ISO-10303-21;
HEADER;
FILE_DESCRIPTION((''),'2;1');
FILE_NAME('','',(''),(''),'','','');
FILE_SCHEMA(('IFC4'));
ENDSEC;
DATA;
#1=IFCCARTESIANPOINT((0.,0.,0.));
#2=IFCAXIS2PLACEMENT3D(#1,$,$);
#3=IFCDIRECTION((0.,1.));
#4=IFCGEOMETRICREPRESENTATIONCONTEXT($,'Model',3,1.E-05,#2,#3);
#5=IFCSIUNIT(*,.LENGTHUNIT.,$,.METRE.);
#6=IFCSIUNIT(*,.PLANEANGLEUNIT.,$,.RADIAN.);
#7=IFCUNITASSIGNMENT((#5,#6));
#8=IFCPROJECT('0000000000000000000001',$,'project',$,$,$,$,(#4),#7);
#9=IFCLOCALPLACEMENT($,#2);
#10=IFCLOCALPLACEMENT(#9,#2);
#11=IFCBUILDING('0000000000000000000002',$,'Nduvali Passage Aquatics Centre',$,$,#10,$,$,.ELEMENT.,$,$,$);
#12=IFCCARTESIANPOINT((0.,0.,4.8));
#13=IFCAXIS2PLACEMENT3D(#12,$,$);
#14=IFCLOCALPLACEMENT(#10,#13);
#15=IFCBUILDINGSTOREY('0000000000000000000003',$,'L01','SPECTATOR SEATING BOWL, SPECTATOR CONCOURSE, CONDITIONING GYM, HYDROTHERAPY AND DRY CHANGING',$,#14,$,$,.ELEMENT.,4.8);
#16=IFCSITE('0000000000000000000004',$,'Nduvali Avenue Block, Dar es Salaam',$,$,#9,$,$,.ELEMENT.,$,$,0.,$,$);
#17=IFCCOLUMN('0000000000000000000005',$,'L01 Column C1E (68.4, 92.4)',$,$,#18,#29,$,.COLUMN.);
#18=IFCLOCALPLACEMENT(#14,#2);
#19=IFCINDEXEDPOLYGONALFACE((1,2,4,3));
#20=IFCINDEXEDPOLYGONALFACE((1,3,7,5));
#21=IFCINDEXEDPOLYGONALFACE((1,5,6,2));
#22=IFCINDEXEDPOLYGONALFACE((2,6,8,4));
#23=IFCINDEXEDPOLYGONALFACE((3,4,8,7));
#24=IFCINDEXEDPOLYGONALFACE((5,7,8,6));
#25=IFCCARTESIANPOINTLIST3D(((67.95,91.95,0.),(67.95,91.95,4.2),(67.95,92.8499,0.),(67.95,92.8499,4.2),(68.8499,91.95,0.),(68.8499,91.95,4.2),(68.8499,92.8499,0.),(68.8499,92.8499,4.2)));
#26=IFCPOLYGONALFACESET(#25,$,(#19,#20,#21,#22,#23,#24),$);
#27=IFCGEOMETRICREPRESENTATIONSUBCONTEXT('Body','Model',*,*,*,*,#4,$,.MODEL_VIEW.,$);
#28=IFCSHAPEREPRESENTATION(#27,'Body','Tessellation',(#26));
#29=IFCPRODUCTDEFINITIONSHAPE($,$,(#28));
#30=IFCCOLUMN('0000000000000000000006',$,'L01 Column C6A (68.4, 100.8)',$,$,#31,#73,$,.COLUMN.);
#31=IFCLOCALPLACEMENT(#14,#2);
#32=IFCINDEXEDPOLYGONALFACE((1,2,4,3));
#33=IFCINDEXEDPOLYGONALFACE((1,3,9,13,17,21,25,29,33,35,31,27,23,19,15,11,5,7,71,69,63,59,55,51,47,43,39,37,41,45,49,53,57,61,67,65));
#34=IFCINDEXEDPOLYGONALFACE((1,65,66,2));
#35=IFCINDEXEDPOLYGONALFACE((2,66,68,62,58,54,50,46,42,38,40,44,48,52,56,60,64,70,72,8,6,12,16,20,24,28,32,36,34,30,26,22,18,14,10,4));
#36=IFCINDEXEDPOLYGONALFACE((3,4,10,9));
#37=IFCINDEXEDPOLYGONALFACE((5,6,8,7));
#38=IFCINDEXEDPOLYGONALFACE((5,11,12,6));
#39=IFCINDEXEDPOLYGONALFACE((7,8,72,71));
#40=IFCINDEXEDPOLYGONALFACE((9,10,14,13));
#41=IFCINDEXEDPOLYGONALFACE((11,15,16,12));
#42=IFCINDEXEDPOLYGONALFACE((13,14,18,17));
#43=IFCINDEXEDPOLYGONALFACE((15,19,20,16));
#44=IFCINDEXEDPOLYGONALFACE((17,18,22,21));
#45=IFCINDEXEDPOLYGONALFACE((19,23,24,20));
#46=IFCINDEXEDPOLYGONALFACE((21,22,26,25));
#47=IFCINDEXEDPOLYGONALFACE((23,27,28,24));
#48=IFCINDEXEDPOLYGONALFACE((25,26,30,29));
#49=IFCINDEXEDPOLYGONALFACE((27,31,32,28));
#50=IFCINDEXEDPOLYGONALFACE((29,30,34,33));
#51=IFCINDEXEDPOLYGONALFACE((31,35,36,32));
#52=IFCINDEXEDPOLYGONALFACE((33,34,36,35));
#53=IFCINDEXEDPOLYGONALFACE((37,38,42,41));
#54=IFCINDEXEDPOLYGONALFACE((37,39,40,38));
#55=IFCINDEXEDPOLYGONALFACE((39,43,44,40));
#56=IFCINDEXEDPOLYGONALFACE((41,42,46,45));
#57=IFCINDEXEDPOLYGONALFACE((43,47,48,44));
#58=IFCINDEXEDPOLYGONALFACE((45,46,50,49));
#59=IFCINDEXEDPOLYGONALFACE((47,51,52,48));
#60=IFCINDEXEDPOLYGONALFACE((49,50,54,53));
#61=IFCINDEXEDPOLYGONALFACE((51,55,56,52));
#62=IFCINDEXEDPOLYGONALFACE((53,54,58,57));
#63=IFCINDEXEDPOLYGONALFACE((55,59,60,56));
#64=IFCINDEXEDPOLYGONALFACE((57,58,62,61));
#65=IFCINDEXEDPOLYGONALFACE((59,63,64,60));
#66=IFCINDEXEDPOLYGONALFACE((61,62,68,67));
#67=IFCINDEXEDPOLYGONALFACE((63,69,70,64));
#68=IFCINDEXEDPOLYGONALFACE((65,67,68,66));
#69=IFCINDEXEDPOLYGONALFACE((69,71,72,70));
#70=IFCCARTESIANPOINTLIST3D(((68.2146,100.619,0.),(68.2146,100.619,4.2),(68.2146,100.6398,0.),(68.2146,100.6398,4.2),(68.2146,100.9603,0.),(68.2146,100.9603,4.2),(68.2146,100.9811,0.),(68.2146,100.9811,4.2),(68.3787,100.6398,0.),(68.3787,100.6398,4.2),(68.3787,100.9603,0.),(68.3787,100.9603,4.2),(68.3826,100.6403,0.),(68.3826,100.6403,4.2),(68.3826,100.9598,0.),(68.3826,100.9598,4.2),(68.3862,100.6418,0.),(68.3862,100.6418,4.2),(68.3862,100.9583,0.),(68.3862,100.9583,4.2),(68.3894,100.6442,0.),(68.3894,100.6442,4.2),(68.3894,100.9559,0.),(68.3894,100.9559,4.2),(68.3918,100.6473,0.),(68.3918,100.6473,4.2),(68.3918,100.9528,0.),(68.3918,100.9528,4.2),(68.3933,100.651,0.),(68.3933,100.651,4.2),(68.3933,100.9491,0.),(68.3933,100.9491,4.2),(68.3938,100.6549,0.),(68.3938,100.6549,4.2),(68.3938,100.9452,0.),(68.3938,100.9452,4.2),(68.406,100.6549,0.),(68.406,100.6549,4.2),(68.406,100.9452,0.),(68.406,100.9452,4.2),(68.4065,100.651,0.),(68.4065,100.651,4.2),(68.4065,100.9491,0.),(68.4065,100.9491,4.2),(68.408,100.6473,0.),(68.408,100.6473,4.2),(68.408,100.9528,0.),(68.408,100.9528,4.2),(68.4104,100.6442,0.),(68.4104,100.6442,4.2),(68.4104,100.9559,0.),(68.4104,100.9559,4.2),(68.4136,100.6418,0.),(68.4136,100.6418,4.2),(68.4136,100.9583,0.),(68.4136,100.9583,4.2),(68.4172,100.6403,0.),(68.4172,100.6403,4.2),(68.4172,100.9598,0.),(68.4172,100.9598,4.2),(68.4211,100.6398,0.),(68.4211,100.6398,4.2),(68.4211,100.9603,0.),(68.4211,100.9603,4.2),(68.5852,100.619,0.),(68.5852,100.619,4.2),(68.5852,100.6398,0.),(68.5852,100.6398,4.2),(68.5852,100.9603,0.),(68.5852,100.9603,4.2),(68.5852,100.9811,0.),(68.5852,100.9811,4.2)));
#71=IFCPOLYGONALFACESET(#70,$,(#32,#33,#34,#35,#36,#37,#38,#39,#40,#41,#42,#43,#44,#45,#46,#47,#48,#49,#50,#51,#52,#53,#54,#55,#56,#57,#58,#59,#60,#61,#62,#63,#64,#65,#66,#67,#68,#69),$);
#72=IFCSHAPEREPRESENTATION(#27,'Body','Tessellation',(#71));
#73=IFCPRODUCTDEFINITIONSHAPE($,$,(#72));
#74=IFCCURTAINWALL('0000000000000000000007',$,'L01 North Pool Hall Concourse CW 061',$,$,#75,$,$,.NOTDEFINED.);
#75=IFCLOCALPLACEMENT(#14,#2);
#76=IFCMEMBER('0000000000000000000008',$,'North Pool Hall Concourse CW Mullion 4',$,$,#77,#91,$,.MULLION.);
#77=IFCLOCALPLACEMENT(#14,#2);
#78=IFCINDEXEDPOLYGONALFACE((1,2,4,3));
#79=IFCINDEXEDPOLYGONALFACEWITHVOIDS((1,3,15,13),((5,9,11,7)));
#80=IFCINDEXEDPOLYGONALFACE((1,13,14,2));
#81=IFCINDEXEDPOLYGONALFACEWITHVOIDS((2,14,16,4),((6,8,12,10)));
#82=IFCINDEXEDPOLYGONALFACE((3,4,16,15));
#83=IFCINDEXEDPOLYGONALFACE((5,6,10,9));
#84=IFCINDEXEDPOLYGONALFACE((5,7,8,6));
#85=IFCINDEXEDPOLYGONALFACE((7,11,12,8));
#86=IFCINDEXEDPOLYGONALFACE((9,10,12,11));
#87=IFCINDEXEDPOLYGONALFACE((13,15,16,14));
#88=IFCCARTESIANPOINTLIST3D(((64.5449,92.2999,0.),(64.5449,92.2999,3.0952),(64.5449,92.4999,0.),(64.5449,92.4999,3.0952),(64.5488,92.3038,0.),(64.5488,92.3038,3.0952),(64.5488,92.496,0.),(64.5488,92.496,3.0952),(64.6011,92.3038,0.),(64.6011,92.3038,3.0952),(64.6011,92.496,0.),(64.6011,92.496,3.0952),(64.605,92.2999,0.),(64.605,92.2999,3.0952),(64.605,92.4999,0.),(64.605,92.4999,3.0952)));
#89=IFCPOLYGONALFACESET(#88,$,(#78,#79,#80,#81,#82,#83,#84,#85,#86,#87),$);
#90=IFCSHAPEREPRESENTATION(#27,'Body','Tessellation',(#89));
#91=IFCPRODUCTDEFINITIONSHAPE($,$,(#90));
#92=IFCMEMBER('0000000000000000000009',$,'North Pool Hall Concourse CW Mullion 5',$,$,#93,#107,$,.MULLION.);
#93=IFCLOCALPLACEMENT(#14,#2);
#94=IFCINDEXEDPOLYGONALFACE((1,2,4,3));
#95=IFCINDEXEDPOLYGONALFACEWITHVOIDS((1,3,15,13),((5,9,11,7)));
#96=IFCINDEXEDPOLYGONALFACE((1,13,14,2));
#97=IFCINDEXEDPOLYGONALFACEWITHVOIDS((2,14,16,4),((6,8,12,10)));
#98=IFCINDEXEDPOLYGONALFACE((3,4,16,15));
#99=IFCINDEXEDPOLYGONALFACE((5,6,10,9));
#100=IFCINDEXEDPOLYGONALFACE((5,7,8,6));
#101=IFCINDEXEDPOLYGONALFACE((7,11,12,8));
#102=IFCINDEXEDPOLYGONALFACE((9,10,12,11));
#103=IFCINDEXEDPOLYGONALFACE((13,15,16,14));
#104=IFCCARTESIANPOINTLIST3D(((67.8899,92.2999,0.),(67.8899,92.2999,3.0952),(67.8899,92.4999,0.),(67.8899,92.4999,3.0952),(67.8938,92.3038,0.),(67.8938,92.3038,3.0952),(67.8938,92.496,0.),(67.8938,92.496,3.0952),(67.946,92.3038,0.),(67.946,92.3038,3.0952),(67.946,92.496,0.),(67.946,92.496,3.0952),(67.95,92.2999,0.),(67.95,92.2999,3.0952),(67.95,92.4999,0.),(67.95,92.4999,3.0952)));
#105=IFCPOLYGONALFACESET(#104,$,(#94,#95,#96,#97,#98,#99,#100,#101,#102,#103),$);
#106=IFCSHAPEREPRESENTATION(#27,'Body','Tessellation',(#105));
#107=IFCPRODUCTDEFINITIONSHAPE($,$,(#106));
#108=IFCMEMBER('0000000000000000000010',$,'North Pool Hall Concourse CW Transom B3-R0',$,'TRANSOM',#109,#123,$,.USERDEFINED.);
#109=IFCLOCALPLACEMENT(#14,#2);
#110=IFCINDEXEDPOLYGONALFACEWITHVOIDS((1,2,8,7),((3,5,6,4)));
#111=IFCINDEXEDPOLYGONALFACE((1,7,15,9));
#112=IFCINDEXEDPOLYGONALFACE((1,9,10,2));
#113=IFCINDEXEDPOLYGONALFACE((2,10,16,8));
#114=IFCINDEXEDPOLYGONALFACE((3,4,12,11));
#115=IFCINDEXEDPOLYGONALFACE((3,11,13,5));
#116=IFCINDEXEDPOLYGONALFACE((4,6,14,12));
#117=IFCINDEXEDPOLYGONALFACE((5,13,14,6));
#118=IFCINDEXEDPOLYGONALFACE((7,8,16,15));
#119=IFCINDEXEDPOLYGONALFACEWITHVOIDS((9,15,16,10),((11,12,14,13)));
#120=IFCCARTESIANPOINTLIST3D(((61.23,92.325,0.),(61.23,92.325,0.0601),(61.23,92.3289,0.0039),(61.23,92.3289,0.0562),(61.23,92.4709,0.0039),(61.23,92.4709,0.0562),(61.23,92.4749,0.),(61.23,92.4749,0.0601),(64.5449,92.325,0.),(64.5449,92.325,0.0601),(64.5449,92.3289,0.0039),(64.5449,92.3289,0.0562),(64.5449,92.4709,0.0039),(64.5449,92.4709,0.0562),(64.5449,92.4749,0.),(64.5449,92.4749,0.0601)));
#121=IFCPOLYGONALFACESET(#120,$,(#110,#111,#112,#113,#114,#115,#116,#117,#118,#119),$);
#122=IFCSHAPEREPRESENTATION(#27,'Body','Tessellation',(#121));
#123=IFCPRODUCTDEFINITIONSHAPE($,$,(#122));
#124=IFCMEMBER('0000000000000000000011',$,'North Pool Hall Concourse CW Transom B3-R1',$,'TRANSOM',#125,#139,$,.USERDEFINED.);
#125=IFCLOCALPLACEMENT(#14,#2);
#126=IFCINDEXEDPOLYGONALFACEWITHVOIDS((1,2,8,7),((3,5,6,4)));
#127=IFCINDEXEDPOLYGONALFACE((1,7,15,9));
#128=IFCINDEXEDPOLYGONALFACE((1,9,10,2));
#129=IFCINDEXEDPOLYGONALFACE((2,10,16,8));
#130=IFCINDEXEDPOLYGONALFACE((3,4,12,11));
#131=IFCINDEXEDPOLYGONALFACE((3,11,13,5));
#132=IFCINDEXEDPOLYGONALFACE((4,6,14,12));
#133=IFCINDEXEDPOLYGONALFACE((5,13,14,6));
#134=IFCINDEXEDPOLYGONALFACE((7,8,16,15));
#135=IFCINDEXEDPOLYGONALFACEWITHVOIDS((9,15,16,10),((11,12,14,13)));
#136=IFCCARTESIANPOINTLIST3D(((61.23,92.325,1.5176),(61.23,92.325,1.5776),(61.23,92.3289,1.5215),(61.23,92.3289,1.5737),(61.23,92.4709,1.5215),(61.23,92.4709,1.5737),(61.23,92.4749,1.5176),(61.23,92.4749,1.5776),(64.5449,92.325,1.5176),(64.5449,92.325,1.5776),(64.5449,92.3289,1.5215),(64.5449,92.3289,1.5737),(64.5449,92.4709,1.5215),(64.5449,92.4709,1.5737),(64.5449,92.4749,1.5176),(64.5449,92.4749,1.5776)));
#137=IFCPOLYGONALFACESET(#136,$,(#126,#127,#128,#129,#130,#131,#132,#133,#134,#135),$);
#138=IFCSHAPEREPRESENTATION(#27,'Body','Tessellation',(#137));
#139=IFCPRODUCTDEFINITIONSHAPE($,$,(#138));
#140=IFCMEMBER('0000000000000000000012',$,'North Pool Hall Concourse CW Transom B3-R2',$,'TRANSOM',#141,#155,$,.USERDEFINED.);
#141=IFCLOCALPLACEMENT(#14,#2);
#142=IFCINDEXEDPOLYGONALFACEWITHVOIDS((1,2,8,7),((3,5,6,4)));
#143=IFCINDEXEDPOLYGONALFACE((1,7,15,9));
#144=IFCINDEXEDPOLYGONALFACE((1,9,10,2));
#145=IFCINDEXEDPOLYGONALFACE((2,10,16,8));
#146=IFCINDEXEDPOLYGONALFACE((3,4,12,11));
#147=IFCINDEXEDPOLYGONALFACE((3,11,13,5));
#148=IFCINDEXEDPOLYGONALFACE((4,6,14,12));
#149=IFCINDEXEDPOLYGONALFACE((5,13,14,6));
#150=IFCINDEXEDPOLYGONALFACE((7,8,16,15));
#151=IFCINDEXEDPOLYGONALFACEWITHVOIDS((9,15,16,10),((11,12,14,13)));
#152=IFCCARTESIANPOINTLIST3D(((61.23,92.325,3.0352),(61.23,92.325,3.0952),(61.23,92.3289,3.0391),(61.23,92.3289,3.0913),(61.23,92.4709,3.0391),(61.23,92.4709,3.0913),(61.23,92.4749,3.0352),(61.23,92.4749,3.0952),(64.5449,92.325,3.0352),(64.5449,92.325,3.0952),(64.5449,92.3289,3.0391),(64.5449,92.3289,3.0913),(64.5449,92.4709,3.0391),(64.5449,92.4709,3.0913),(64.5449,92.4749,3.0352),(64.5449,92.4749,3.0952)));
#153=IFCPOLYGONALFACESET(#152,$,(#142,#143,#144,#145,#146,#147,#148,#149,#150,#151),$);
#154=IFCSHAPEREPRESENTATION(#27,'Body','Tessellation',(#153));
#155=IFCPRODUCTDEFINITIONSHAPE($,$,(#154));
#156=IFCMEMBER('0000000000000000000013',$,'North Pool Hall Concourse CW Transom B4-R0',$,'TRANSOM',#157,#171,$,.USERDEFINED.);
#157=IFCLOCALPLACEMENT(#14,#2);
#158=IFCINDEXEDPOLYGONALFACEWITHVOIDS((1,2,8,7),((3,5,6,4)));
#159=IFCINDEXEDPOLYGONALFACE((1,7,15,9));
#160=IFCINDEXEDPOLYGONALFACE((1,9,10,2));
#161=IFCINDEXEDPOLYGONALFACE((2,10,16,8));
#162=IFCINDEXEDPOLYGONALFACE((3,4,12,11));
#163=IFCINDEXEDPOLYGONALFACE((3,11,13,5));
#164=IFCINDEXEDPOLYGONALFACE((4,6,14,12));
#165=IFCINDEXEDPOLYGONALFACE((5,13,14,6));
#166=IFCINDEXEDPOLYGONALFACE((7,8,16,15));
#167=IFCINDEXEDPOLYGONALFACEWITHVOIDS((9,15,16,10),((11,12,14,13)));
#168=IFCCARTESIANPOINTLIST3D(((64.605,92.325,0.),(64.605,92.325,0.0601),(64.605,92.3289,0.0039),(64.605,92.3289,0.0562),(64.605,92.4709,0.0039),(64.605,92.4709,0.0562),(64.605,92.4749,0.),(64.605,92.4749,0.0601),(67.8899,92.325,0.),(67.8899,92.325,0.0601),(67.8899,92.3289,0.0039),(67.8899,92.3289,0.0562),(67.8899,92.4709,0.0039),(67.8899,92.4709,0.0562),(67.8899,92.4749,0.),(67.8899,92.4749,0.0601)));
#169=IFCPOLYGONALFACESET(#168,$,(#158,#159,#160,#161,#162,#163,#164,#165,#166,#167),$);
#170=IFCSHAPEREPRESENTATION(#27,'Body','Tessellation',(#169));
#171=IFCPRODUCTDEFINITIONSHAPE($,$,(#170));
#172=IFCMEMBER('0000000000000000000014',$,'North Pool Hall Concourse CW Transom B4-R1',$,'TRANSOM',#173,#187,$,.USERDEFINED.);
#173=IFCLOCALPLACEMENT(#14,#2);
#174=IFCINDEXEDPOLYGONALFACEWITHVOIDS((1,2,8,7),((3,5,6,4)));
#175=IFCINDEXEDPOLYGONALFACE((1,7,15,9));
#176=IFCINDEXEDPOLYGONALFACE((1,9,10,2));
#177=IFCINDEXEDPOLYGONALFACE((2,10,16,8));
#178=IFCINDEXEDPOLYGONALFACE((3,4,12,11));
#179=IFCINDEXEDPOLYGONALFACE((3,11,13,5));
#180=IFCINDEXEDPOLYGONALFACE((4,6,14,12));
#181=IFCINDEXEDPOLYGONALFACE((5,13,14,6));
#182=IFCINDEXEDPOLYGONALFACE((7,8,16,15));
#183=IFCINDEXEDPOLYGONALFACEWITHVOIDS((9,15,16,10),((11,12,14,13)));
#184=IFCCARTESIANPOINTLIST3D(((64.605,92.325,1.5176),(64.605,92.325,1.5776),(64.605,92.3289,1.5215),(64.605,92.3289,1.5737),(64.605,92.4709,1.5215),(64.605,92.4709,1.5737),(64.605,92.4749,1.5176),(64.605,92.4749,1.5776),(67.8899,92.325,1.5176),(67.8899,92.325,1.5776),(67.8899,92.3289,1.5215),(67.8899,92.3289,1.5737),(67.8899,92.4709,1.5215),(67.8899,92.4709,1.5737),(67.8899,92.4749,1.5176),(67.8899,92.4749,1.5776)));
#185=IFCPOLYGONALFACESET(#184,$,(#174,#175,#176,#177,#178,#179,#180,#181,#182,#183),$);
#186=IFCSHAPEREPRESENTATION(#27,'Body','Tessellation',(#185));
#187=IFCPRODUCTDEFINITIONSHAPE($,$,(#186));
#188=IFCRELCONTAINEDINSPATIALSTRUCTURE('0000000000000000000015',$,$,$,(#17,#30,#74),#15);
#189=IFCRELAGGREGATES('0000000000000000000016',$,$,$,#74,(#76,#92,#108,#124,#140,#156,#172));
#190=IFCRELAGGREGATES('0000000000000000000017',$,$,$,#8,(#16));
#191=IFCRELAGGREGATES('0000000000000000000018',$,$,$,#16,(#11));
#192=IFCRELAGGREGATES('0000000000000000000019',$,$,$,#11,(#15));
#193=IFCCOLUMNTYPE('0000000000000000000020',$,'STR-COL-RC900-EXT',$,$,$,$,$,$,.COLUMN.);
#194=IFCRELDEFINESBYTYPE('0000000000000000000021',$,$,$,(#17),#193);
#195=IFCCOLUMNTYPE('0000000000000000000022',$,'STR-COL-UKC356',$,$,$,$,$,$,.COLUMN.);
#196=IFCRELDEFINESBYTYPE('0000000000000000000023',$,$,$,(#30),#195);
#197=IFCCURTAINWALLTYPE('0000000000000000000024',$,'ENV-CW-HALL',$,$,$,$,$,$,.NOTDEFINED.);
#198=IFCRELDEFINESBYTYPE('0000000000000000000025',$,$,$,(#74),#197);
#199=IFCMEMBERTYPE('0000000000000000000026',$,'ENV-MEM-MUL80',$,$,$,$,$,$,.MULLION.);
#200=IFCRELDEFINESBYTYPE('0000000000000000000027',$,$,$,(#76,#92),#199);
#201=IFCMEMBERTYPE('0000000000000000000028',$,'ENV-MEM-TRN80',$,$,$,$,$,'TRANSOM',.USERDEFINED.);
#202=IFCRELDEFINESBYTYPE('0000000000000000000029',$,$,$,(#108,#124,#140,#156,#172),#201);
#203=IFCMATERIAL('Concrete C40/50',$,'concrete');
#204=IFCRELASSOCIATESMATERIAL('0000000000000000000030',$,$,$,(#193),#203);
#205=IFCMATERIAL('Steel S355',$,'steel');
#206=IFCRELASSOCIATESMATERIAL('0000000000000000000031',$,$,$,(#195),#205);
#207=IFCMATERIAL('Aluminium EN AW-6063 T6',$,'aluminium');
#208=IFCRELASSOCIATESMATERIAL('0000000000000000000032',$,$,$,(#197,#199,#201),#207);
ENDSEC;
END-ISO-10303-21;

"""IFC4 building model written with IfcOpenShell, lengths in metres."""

from ifc_helpers import new_model, si_unit, direction, frame, origin, origin_2d, place, context, subcontext, project, spatial, rectangle, hollow_rectangle, i_section, extrude, material, material_profile, profile_set, type_object, element, aggregate, save


model = new_model("IFC4")

# Units and contexts
model_context = context("Model", 3, precision=1e-05, world=origin(), true_north=direction((0.0, 1.0)))
body_context = subcontext(model_context, "Body", "Model", "MODEL_VIEW")
ifc_project = project(units=[si_unit("LENGTHUNIT", "METRE"), si_unit("PLANEANGLEUNIT", "RADIAN")], contexts=[model_context])

# Site, building, storey
site_placement = place(None, origin())
site = spatial("IfcSite", under=ifc_project, at=site_placement, Name="Nduvali Avenue Block, Dar es Salaam", CompositionType="ELEMENT", RefElevation=0.0)
building_placement = place(site_placement, origin())
building = spatial("IfcBuilding", under=site, at=building_placement, Name="Nduvali Passage Aquatics Centre", CompositionType="ELEMENT")
storey_placement = place(building_placement, frame((0.0, 0.0, 4.8)))
storey = spatial("IfcBuildingStorey", under=building, at=storey_placement, Name="L01", Description="SPECTATOR SEATING BOWL, SPECTATOR CONCOURSE, CONDITIONING GYM, HYDROTHERAPY AND DRY CHANGING", CompositionType="ELEMENT", Elevation=4.8)

# Columns
ifc_material_1 = material(Name="Concrete C40/50", Category="concrete")
ifc_material_profile_1 = material_profile(ifc_material_1, rectangle(XDim=0.8999, YDim=0.8999, at=origin_2d()), Name="RC 900x900")
ifc_profile_set_1 = profile_set([ifc_material_profile_1], Name="Concrete C40/50")
column_type_1 = type_object("IfcColumnType", Name="STR-COL-RC900-EXT", PredefinedType="COLUMN", material=ifc_profile_set_1)
column_1_placement = place(storey_placement, frame((68.3999, 92.3999, 0.0), z_axis=(0.0, 0.0, 1.0), x_axis=(1.0, 0.0, 0.0)))
element("IfcColumn", 1, at=column_1_placement, inside=storey, type_object=column_type_1, Name="L01 Column C1E (68.4, 92.4)", PredefinedType="COLUMN", context=body_context, shape_type="SweptSolid", body=[
    extrude(rectangle(XDim=0.8999, YDim=0.8999, at=origin_2d()), origin(), (0.0, 0.0, 1.0), 4.2),
])
ifc_material_2 = material(Name="Steel S355", Category="steel")
ifc_material_profile_2 = material_profile(ifc_material_2, i_section(OverallWidth=0.3706, OverallDepth=0.3621, WebThickness=0.0122, FlangeThickness=0.0208, FilletRadius=0.0151, at=origin_2d()), Name="UKC 356x368x153")
ifc_profile_set_2 = profile_set([ifc_material_profile_2], Name="Steel S355")
column_type_2 = type_object("IfcColumnType", Name="STR-COL-UKC356", PredefinedType="COLUMN", material=ifc_profile_set_2)
column_2_placement = place(storey_placement, frame((68.3999, 100.8, 0.0), z_axis=(0.0, 0.0, 1.0), x_axis=(1.0, 0.0, 0.0)))
element("IfcColumn", 2, at=column_2_placement, inside=storey, type_object=column_type_2, Name="L01 Column C6A (68.4, 100.8)", PredefinedType="COLUMN", context=body_context, shape_type="SweptSolid", body=[
    extrude(i_section(OverallWidth=0.3706, OverallDepth=0.3621, WebThickness=0.0122, FlangeThickness=0.0208, FilletRadius=0.0151, at=origin_2d()), origin(), (0.0, 0.0, 1.0), 4.2),
])

# Curtain wall, members
ifc_material_3 = material(Name="Aluminium EN AW-6063 T6", Category="aluminium")
curtain_wall_type = type_object("IfcCurtainWallType", Name="ENV-CW-HALL", PredefinedType="NOTDEFINED", material=ifc_material_3)
curtain_wall_placement = place(storey_placement, origin())
curtain_wall = element("IfcCurtainWall", 3, at=curtain_wall_placement, inside=storey, type_object=curtain_wall_type, Name="L01 North Pool Hall Concourse CW 061", PredefinedType="NOTDEFINED")
ifc_material_profile_3 = material_profile(ifc_material_3, hollow_rectangle(XDim=0.0601, YDim=0.2, WallThickness=0.0039, at=origin_2d()), Name="ALU MULLION 60x200x4")
ifc_profile_set_3 = profile_set([ifc_material_profile_3], Name="Aluminium EN AW-6063 T6")
member_type_1 = type_object("IfcMemberType", Name="ENV-MEM-MUL80", PredefinedType="MULLION", material=ifc_profile_set_3)
member_1_placement = place(storey_placement, frame((64.575, 92.3999, 0.0), z_axis=(0.0, 0.0, 1.0), x_axis=(1.0, 0.0, 0.0)))
member_1 = element("IfcMember", 4, at=member_1_placement, type_object=member_type_1, Name="North Pool Hall Concourse CW Mullion 4", PredefinedType="MULLION", context=body_context, shape_type="SweptSolid", body=[
    extrude(hollow_rectangle(XDim=0.0601, YDim=0.2, WallThickness=0.0039, at=origin_2d()), origin(), (0.0, 0.0, 1.0), 3.0952),
])
member_2_placement = place(storey_placement, frame((67.9199, 92.3999, 0.0), z_axis=(0.0, 0.0, 1.0), x_axis=(1.0, 0.0, 0.0)))
member_2 = element("IfcMember", 5, at=member_2_placement, type_object=member_type_1, Name="North Pool Hall Concourse CW Mullion 5", PredefinedType="MULLION", context=body_context, shape_type="SweptSolid", body=[
    extrude(hollow_rectangle(XDim=0.0601, YDim=0.2, WallThickness=0.0039, at=origin_2d()), origin(), (0.0, 0.0, 1.0), 3.0952),
])
ifc_material_profile_4 = material_profile(ifc_material_3, hollow_rectangle(XDim=0.1499, YDim=0.0601, WallThickness=0.0039, at=origin_2d()), Name="ALU TRANSOM 150x60x4")
ifc_profile_set_4 = profile_set([ifc_material_profile_4], Name="Aluminium EN AW-6063 T6")
member_type_2 = type_object("IfcMemberType", Name="ENV-MEM-TRN80", ElementType="TRANSOM", PredefinedType="USERDEFINED", material=ifc_profile_set_4)
member_3_placement = place(storey_placement, frame((61.23, 92.3999, 0.03), z_axis=(1.0, 0.0, 0.0), x_axis=(0.0, 1.0, 0.0)))
member_3 = element("IfcMember", 6, at=member_3_placement, type_object=member_type_2, Name="North Pool Hall Concourse CW Transom B3-R0", ObjectType="TRANSOM", PredefinedType="USERDEFINED", context=body_context, shape_type="SweptSolid", body=[
    extrude(hollow_rectangle(XDim=0.1499, YDim=0.0601, WallThickness=0.0039, at=origin_2d()), origin(), (0.0, 0.0, 1.0), 3.3149),
])
member_4_placement = place(storey_placement, frame((61.23, 92.3999, 1.5476), z_axis=(1.0, 0.0, 0.0), x_axis=(0.0, 1.0, 0.0)))
member_4 = element("IfcMember", 7, at=member_4_placement, type_object=member_type_2, Name="North Pool Hall Concourse CW Transom B3-R1", ObjectType="TRANSOM", PredefinedType="USERDEFINED", context=body_context, shape_type="SweptSolid", body=[
    extrude(hollow_rectangle(XDim=0.1499, YDim=0.0601, WallThickness=0.0039, at=origin_2d()), origin(), (0.0, 0.0, 1.0), 3.3149),
])
member_5_placement = place(storey_placement, frame((61.23, 92.3999, 3.0652), z_axis=(1.0, 0.0, 0.0), x_axis=(0.0, 1.0, 0.0)))
member_5 = element("IfcMember", 8, at=member_5_placement, type_object=member_type_2, Name="North Pool Hall Concourse CW Transom B3-R2", ObjectType="TRANSOM", PredefinedType="USERDEFINED", context=body_context, shape_type="SweptSolid", body=[
    extrude(hollow_rectangle(XDim=0.1499, YDim=0.0601, WallThickness=0.0039, at=origin_2d()), origin(), (0.0, 0.0, 1.0), 3.3149),
])
member_6_placement = place(storey_placement, frame((64.605, 92.3999, 0.03), z_axis=(1.0, 0.0, 0.0), x_axis=(0.0, 1.0, 0.0)))
member_6 = element("IfcMember", 9, at=member_6_placement, type_object=member_type_2, Name="North Pool Hall Concourse CW Transom B4-R0", ObjectType="TRANSOM", PredefinedType="USERDEFINED", context=body_context, shape_type="SweptSolid", body=[
    extrude(hollow_rectangle(XDim=0.1499, YDim=0.0601, WallThickness=0.0039, at=origin_2d()), origin(), (0.0, 0.0, 1.0), 3.2849),
])
member_7_placement = place(storey_placement, frame((64.605, 92.3999, 1.5476), z_axis=(1.0, 0.0, 0.0), x_axis=(0.0, 1.0, 0.0)))
member_7 = element("IfcMember", 10, at=member_7_placement, type_object=member_type_2, Name="North Pool Hall Concourse CW Transom B4-R1", ObjectType="TRANSOM", PredefinedType="USERDEFINED", context=body_context, shape_type="SweptSolid", body=[
    extrude(hollow_rectangle(XDim=0.1499, YDim=0.0601, WallThickness=0.0039, at=origin_2d()), origin(), (0.0, 0.0, 1.0), 3.2849),
])

aggregate(curtain_wall, [member_1, member_2, member_3, member_4, member_5, member_6, member_7])

save(model, "model.ifc")
